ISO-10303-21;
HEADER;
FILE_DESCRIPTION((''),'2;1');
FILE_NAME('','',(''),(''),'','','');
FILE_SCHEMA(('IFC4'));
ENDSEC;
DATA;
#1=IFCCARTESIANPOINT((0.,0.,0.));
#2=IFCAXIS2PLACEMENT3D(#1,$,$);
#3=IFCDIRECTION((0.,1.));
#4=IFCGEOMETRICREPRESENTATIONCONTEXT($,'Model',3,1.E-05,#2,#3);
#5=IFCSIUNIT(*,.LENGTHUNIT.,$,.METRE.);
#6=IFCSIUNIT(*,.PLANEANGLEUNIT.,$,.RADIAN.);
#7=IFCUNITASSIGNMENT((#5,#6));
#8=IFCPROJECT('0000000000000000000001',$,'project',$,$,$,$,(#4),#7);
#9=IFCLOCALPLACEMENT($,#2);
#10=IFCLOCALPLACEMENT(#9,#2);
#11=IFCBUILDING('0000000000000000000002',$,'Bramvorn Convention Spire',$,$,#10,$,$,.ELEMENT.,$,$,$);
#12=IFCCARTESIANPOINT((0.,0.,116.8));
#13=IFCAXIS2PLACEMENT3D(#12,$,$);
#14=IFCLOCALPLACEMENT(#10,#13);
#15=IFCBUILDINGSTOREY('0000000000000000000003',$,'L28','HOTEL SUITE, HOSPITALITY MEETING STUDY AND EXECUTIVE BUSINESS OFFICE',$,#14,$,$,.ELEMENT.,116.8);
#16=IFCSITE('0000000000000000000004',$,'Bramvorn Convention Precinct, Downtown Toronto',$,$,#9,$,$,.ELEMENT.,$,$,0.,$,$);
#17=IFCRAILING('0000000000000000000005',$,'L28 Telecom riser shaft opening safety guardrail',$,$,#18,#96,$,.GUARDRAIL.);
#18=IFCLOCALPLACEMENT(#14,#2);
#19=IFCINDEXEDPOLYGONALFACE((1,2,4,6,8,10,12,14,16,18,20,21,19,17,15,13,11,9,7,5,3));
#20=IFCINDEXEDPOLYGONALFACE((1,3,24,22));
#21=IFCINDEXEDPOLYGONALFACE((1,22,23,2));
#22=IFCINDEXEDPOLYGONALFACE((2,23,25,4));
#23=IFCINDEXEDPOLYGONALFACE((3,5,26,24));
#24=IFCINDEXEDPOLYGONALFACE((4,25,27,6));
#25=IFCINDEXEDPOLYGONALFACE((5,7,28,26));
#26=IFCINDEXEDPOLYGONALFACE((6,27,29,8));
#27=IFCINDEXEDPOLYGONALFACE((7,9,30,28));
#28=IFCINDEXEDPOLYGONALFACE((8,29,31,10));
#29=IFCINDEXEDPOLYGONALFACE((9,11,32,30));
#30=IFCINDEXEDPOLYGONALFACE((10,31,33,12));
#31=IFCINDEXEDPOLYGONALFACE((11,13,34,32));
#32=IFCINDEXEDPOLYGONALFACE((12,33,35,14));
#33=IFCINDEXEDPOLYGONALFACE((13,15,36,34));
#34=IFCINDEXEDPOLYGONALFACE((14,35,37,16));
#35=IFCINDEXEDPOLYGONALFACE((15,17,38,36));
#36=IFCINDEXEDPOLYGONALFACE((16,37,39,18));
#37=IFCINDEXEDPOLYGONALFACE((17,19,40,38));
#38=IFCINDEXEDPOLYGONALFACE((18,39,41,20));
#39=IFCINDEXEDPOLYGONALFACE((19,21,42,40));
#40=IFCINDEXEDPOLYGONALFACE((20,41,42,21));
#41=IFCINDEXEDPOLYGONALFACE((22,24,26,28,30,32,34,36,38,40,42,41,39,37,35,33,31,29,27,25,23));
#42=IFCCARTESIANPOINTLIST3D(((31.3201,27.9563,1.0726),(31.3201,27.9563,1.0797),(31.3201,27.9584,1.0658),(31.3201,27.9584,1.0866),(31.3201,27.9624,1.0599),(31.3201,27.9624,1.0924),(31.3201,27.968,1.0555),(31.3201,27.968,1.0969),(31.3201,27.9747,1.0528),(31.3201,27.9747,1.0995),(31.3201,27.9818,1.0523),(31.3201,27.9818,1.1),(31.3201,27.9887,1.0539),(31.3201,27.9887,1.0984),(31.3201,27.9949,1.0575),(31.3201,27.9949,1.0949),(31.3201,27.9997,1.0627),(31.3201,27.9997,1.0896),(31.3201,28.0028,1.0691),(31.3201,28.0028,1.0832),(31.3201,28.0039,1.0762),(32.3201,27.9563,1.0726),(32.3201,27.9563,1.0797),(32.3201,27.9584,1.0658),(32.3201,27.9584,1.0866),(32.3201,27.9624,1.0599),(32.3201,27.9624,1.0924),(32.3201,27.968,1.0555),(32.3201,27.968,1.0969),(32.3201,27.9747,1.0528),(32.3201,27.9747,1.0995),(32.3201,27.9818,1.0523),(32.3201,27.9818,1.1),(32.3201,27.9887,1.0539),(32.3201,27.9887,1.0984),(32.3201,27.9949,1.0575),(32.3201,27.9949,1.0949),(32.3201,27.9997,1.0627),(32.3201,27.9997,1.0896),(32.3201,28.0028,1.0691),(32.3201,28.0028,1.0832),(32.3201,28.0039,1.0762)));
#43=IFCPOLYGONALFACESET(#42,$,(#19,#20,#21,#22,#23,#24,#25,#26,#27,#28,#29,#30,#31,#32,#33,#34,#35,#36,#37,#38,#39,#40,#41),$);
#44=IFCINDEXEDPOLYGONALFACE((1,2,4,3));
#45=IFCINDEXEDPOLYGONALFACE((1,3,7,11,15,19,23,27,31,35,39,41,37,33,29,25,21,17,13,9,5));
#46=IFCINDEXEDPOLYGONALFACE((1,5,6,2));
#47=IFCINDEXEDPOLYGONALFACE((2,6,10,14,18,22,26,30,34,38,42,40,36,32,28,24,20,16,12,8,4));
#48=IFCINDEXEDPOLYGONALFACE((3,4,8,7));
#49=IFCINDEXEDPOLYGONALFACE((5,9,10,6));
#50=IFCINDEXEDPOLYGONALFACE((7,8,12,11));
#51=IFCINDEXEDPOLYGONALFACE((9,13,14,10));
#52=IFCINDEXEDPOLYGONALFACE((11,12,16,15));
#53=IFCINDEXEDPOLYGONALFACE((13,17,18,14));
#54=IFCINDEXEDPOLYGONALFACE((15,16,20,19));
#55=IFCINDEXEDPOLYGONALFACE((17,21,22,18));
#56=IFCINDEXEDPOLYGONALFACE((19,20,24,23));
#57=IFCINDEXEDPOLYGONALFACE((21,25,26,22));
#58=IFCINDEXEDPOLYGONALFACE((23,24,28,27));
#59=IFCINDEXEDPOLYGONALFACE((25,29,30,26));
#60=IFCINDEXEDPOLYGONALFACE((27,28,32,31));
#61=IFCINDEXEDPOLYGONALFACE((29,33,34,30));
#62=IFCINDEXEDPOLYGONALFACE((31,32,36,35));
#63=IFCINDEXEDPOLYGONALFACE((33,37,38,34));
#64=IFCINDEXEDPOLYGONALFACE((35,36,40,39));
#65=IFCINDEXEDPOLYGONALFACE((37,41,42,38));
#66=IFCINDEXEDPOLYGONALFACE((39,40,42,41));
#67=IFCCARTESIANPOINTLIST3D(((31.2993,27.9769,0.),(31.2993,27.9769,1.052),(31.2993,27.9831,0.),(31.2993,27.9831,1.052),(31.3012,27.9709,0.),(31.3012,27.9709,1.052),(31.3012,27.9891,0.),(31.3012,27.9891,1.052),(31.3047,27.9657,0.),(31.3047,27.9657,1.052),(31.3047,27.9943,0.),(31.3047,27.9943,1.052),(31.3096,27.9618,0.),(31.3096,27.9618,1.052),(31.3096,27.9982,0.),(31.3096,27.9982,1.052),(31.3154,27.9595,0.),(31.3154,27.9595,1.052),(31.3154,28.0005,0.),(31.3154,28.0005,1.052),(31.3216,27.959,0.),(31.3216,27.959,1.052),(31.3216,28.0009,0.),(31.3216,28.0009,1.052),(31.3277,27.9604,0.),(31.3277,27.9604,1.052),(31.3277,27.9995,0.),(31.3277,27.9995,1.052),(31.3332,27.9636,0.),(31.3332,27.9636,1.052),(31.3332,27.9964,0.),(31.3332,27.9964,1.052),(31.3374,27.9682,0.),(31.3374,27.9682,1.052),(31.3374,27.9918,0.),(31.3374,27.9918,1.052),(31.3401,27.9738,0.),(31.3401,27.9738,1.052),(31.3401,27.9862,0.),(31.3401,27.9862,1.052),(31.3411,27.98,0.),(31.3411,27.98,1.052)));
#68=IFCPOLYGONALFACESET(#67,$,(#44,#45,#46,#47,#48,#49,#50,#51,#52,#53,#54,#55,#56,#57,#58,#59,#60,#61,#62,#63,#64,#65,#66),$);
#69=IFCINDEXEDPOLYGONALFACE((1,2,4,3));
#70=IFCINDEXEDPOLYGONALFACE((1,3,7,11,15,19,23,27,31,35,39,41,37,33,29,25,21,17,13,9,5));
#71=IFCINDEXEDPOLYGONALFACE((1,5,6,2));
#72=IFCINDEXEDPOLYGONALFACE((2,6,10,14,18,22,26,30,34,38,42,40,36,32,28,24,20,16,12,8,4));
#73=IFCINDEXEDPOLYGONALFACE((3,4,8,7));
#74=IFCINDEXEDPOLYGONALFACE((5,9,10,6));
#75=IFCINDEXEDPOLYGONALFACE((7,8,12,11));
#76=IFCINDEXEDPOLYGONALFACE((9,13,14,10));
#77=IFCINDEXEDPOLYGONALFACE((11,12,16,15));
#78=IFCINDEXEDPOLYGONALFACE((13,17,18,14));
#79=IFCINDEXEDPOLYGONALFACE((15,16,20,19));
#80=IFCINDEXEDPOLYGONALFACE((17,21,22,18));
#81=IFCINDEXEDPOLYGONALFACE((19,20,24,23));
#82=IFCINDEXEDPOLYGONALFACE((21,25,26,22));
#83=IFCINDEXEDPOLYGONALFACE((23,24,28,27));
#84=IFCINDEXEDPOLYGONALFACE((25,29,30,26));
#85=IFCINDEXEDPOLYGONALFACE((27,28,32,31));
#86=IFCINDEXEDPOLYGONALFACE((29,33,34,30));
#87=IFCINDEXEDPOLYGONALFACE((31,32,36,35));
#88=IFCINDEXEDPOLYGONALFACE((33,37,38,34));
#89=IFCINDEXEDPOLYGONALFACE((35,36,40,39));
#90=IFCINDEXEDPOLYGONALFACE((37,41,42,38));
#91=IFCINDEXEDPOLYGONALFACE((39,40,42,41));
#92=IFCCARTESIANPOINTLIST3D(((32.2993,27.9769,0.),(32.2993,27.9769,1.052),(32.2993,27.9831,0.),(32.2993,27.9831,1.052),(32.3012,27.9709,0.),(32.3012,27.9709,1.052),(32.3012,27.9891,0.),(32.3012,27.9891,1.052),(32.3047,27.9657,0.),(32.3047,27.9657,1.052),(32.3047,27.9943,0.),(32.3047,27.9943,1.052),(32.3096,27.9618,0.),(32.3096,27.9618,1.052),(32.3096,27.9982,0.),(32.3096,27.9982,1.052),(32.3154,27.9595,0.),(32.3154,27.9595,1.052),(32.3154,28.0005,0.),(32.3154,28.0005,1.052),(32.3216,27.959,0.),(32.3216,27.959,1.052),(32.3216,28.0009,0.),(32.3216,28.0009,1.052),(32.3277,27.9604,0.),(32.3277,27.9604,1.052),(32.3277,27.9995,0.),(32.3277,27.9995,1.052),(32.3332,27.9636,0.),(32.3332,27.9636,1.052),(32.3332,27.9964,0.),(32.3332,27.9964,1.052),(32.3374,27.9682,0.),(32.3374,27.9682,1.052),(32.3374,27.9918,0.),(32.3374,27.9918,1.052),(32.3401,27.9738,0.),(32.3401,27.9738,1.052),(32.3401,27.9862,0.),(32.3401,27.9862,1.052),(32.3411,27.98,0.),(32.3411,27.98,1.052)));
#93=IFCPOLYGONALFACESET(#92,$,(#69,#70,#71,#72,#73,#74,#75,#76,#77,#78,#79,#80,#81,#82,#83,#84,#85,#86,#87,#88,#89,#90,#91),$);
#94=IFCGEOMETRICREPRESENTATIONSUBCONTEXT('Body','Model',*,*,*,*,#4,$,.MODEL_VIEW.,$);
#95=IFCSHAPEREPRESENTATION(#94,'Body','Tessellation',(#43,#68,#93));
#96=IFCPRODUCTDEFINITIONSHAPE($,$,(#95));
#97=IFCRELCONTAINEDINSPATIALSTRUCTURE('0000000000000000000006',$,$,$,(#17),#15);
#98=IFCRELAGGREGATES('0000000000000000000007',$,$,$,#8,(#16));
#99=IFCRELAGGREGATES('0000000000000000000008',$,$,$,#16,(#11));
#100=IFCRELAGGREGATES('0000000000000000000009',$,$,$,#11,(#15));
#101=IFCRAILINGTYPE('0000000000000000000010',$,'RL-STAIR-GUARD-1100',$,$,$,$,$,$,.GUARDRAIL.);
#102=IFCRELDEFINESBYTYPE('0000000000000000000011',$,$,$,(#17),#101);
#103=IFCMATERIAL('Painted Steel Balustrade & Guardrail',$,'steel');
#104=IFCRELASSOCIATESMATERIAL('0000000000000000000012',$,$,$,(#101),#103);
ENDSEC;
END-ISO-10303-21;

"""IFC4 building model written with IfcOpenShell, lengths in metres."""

from ifc_helpers import new_model, si_unit, direction, frame, origin, origin_2d, place, context, subcontext, project, spatial, circle, extrude, material, type_object, element, save


model = new_model("IFC4")

# Units and contexts
model_context = context("Model", 3, precision=1e-05, world=origin(), true_north=direction((0.0, 1.0)))
body_context = subcontext(model_context, "Body", "Model", "MODEL_VIEW")
ifc_project = project(units=[si_unit("LENGTHUNIT", "METRE"), si_unit("PLANEANGLEUNIT", "RADIAN")], contexts=[model_context])

# Site, building, storey
site_placement = place(None, origin())
site = spatial("IfcSite", under=ifc_project, at=site_placement, Name="Bramvorn Convention Precinct, Downtown Toronto", CompositionType="ELEMENT", RefElevation=0.0)
building_placement = place(site_placement, origin())
building = spatial("IfcBuilding", under=site, at=building_placement, Name="Bramvorn Convention Spire", CompositionType="ELEMENT")
storey_placement = place(building_placement, frame((0.0, 0.0, 116.8)))
storey = spatial("IfcBuildingStorey", under=building, at=storey_placement, Name="L28", Description="HOTEL SUITE, HOSPITALITY MEETING STUDY AND EXECUTIVE BUSINESS OFFICE", CompositionType="ELEMENT", Elevation=116.8)

# Railing
ifc_material_1 = material(Name="Painted Steel Balustrade & Guardrail", Category="steel")
railing_type = type_object("IfcRailingType", Name="RL-STAIR-GUARD-1100", PredefinedType="GUARDRAIL", material=ifc_material_1)
railing_1_placement = place(storey_placement, frame((31.3201, 27.98, 0.0)))
element("IfcRailing", 1, at=railing_1_placement, inside=storey, type_object=railing_type, Name="L28 Telecom riser shaft opening safety guardrail", PredefinedType="GUARDRAIL", context=body_context, shape_type="SweptSolid", body=[
    extrude(circle(Radius=0.0239, at=origin_2d()), frame((0.0, 0.0, 1.0762), z_axis=(1.0, 0.0, 0.0), x_axis=(0.0, 1.0, 0.0)), (0.0, 0.0, 1.0), 1.0),
    extrude(circle(Radius=0.021, at=origin_2d()), origin(), (0.0, 0.0, 1.0), 1.052),
    extrude(circle(Radius=0.021, at=origin_2d()), frame((1.0, 0.0, 0.0)), (0.0, 0.0, 1.0), 1.052),
])

save(model, "model.ifc")
